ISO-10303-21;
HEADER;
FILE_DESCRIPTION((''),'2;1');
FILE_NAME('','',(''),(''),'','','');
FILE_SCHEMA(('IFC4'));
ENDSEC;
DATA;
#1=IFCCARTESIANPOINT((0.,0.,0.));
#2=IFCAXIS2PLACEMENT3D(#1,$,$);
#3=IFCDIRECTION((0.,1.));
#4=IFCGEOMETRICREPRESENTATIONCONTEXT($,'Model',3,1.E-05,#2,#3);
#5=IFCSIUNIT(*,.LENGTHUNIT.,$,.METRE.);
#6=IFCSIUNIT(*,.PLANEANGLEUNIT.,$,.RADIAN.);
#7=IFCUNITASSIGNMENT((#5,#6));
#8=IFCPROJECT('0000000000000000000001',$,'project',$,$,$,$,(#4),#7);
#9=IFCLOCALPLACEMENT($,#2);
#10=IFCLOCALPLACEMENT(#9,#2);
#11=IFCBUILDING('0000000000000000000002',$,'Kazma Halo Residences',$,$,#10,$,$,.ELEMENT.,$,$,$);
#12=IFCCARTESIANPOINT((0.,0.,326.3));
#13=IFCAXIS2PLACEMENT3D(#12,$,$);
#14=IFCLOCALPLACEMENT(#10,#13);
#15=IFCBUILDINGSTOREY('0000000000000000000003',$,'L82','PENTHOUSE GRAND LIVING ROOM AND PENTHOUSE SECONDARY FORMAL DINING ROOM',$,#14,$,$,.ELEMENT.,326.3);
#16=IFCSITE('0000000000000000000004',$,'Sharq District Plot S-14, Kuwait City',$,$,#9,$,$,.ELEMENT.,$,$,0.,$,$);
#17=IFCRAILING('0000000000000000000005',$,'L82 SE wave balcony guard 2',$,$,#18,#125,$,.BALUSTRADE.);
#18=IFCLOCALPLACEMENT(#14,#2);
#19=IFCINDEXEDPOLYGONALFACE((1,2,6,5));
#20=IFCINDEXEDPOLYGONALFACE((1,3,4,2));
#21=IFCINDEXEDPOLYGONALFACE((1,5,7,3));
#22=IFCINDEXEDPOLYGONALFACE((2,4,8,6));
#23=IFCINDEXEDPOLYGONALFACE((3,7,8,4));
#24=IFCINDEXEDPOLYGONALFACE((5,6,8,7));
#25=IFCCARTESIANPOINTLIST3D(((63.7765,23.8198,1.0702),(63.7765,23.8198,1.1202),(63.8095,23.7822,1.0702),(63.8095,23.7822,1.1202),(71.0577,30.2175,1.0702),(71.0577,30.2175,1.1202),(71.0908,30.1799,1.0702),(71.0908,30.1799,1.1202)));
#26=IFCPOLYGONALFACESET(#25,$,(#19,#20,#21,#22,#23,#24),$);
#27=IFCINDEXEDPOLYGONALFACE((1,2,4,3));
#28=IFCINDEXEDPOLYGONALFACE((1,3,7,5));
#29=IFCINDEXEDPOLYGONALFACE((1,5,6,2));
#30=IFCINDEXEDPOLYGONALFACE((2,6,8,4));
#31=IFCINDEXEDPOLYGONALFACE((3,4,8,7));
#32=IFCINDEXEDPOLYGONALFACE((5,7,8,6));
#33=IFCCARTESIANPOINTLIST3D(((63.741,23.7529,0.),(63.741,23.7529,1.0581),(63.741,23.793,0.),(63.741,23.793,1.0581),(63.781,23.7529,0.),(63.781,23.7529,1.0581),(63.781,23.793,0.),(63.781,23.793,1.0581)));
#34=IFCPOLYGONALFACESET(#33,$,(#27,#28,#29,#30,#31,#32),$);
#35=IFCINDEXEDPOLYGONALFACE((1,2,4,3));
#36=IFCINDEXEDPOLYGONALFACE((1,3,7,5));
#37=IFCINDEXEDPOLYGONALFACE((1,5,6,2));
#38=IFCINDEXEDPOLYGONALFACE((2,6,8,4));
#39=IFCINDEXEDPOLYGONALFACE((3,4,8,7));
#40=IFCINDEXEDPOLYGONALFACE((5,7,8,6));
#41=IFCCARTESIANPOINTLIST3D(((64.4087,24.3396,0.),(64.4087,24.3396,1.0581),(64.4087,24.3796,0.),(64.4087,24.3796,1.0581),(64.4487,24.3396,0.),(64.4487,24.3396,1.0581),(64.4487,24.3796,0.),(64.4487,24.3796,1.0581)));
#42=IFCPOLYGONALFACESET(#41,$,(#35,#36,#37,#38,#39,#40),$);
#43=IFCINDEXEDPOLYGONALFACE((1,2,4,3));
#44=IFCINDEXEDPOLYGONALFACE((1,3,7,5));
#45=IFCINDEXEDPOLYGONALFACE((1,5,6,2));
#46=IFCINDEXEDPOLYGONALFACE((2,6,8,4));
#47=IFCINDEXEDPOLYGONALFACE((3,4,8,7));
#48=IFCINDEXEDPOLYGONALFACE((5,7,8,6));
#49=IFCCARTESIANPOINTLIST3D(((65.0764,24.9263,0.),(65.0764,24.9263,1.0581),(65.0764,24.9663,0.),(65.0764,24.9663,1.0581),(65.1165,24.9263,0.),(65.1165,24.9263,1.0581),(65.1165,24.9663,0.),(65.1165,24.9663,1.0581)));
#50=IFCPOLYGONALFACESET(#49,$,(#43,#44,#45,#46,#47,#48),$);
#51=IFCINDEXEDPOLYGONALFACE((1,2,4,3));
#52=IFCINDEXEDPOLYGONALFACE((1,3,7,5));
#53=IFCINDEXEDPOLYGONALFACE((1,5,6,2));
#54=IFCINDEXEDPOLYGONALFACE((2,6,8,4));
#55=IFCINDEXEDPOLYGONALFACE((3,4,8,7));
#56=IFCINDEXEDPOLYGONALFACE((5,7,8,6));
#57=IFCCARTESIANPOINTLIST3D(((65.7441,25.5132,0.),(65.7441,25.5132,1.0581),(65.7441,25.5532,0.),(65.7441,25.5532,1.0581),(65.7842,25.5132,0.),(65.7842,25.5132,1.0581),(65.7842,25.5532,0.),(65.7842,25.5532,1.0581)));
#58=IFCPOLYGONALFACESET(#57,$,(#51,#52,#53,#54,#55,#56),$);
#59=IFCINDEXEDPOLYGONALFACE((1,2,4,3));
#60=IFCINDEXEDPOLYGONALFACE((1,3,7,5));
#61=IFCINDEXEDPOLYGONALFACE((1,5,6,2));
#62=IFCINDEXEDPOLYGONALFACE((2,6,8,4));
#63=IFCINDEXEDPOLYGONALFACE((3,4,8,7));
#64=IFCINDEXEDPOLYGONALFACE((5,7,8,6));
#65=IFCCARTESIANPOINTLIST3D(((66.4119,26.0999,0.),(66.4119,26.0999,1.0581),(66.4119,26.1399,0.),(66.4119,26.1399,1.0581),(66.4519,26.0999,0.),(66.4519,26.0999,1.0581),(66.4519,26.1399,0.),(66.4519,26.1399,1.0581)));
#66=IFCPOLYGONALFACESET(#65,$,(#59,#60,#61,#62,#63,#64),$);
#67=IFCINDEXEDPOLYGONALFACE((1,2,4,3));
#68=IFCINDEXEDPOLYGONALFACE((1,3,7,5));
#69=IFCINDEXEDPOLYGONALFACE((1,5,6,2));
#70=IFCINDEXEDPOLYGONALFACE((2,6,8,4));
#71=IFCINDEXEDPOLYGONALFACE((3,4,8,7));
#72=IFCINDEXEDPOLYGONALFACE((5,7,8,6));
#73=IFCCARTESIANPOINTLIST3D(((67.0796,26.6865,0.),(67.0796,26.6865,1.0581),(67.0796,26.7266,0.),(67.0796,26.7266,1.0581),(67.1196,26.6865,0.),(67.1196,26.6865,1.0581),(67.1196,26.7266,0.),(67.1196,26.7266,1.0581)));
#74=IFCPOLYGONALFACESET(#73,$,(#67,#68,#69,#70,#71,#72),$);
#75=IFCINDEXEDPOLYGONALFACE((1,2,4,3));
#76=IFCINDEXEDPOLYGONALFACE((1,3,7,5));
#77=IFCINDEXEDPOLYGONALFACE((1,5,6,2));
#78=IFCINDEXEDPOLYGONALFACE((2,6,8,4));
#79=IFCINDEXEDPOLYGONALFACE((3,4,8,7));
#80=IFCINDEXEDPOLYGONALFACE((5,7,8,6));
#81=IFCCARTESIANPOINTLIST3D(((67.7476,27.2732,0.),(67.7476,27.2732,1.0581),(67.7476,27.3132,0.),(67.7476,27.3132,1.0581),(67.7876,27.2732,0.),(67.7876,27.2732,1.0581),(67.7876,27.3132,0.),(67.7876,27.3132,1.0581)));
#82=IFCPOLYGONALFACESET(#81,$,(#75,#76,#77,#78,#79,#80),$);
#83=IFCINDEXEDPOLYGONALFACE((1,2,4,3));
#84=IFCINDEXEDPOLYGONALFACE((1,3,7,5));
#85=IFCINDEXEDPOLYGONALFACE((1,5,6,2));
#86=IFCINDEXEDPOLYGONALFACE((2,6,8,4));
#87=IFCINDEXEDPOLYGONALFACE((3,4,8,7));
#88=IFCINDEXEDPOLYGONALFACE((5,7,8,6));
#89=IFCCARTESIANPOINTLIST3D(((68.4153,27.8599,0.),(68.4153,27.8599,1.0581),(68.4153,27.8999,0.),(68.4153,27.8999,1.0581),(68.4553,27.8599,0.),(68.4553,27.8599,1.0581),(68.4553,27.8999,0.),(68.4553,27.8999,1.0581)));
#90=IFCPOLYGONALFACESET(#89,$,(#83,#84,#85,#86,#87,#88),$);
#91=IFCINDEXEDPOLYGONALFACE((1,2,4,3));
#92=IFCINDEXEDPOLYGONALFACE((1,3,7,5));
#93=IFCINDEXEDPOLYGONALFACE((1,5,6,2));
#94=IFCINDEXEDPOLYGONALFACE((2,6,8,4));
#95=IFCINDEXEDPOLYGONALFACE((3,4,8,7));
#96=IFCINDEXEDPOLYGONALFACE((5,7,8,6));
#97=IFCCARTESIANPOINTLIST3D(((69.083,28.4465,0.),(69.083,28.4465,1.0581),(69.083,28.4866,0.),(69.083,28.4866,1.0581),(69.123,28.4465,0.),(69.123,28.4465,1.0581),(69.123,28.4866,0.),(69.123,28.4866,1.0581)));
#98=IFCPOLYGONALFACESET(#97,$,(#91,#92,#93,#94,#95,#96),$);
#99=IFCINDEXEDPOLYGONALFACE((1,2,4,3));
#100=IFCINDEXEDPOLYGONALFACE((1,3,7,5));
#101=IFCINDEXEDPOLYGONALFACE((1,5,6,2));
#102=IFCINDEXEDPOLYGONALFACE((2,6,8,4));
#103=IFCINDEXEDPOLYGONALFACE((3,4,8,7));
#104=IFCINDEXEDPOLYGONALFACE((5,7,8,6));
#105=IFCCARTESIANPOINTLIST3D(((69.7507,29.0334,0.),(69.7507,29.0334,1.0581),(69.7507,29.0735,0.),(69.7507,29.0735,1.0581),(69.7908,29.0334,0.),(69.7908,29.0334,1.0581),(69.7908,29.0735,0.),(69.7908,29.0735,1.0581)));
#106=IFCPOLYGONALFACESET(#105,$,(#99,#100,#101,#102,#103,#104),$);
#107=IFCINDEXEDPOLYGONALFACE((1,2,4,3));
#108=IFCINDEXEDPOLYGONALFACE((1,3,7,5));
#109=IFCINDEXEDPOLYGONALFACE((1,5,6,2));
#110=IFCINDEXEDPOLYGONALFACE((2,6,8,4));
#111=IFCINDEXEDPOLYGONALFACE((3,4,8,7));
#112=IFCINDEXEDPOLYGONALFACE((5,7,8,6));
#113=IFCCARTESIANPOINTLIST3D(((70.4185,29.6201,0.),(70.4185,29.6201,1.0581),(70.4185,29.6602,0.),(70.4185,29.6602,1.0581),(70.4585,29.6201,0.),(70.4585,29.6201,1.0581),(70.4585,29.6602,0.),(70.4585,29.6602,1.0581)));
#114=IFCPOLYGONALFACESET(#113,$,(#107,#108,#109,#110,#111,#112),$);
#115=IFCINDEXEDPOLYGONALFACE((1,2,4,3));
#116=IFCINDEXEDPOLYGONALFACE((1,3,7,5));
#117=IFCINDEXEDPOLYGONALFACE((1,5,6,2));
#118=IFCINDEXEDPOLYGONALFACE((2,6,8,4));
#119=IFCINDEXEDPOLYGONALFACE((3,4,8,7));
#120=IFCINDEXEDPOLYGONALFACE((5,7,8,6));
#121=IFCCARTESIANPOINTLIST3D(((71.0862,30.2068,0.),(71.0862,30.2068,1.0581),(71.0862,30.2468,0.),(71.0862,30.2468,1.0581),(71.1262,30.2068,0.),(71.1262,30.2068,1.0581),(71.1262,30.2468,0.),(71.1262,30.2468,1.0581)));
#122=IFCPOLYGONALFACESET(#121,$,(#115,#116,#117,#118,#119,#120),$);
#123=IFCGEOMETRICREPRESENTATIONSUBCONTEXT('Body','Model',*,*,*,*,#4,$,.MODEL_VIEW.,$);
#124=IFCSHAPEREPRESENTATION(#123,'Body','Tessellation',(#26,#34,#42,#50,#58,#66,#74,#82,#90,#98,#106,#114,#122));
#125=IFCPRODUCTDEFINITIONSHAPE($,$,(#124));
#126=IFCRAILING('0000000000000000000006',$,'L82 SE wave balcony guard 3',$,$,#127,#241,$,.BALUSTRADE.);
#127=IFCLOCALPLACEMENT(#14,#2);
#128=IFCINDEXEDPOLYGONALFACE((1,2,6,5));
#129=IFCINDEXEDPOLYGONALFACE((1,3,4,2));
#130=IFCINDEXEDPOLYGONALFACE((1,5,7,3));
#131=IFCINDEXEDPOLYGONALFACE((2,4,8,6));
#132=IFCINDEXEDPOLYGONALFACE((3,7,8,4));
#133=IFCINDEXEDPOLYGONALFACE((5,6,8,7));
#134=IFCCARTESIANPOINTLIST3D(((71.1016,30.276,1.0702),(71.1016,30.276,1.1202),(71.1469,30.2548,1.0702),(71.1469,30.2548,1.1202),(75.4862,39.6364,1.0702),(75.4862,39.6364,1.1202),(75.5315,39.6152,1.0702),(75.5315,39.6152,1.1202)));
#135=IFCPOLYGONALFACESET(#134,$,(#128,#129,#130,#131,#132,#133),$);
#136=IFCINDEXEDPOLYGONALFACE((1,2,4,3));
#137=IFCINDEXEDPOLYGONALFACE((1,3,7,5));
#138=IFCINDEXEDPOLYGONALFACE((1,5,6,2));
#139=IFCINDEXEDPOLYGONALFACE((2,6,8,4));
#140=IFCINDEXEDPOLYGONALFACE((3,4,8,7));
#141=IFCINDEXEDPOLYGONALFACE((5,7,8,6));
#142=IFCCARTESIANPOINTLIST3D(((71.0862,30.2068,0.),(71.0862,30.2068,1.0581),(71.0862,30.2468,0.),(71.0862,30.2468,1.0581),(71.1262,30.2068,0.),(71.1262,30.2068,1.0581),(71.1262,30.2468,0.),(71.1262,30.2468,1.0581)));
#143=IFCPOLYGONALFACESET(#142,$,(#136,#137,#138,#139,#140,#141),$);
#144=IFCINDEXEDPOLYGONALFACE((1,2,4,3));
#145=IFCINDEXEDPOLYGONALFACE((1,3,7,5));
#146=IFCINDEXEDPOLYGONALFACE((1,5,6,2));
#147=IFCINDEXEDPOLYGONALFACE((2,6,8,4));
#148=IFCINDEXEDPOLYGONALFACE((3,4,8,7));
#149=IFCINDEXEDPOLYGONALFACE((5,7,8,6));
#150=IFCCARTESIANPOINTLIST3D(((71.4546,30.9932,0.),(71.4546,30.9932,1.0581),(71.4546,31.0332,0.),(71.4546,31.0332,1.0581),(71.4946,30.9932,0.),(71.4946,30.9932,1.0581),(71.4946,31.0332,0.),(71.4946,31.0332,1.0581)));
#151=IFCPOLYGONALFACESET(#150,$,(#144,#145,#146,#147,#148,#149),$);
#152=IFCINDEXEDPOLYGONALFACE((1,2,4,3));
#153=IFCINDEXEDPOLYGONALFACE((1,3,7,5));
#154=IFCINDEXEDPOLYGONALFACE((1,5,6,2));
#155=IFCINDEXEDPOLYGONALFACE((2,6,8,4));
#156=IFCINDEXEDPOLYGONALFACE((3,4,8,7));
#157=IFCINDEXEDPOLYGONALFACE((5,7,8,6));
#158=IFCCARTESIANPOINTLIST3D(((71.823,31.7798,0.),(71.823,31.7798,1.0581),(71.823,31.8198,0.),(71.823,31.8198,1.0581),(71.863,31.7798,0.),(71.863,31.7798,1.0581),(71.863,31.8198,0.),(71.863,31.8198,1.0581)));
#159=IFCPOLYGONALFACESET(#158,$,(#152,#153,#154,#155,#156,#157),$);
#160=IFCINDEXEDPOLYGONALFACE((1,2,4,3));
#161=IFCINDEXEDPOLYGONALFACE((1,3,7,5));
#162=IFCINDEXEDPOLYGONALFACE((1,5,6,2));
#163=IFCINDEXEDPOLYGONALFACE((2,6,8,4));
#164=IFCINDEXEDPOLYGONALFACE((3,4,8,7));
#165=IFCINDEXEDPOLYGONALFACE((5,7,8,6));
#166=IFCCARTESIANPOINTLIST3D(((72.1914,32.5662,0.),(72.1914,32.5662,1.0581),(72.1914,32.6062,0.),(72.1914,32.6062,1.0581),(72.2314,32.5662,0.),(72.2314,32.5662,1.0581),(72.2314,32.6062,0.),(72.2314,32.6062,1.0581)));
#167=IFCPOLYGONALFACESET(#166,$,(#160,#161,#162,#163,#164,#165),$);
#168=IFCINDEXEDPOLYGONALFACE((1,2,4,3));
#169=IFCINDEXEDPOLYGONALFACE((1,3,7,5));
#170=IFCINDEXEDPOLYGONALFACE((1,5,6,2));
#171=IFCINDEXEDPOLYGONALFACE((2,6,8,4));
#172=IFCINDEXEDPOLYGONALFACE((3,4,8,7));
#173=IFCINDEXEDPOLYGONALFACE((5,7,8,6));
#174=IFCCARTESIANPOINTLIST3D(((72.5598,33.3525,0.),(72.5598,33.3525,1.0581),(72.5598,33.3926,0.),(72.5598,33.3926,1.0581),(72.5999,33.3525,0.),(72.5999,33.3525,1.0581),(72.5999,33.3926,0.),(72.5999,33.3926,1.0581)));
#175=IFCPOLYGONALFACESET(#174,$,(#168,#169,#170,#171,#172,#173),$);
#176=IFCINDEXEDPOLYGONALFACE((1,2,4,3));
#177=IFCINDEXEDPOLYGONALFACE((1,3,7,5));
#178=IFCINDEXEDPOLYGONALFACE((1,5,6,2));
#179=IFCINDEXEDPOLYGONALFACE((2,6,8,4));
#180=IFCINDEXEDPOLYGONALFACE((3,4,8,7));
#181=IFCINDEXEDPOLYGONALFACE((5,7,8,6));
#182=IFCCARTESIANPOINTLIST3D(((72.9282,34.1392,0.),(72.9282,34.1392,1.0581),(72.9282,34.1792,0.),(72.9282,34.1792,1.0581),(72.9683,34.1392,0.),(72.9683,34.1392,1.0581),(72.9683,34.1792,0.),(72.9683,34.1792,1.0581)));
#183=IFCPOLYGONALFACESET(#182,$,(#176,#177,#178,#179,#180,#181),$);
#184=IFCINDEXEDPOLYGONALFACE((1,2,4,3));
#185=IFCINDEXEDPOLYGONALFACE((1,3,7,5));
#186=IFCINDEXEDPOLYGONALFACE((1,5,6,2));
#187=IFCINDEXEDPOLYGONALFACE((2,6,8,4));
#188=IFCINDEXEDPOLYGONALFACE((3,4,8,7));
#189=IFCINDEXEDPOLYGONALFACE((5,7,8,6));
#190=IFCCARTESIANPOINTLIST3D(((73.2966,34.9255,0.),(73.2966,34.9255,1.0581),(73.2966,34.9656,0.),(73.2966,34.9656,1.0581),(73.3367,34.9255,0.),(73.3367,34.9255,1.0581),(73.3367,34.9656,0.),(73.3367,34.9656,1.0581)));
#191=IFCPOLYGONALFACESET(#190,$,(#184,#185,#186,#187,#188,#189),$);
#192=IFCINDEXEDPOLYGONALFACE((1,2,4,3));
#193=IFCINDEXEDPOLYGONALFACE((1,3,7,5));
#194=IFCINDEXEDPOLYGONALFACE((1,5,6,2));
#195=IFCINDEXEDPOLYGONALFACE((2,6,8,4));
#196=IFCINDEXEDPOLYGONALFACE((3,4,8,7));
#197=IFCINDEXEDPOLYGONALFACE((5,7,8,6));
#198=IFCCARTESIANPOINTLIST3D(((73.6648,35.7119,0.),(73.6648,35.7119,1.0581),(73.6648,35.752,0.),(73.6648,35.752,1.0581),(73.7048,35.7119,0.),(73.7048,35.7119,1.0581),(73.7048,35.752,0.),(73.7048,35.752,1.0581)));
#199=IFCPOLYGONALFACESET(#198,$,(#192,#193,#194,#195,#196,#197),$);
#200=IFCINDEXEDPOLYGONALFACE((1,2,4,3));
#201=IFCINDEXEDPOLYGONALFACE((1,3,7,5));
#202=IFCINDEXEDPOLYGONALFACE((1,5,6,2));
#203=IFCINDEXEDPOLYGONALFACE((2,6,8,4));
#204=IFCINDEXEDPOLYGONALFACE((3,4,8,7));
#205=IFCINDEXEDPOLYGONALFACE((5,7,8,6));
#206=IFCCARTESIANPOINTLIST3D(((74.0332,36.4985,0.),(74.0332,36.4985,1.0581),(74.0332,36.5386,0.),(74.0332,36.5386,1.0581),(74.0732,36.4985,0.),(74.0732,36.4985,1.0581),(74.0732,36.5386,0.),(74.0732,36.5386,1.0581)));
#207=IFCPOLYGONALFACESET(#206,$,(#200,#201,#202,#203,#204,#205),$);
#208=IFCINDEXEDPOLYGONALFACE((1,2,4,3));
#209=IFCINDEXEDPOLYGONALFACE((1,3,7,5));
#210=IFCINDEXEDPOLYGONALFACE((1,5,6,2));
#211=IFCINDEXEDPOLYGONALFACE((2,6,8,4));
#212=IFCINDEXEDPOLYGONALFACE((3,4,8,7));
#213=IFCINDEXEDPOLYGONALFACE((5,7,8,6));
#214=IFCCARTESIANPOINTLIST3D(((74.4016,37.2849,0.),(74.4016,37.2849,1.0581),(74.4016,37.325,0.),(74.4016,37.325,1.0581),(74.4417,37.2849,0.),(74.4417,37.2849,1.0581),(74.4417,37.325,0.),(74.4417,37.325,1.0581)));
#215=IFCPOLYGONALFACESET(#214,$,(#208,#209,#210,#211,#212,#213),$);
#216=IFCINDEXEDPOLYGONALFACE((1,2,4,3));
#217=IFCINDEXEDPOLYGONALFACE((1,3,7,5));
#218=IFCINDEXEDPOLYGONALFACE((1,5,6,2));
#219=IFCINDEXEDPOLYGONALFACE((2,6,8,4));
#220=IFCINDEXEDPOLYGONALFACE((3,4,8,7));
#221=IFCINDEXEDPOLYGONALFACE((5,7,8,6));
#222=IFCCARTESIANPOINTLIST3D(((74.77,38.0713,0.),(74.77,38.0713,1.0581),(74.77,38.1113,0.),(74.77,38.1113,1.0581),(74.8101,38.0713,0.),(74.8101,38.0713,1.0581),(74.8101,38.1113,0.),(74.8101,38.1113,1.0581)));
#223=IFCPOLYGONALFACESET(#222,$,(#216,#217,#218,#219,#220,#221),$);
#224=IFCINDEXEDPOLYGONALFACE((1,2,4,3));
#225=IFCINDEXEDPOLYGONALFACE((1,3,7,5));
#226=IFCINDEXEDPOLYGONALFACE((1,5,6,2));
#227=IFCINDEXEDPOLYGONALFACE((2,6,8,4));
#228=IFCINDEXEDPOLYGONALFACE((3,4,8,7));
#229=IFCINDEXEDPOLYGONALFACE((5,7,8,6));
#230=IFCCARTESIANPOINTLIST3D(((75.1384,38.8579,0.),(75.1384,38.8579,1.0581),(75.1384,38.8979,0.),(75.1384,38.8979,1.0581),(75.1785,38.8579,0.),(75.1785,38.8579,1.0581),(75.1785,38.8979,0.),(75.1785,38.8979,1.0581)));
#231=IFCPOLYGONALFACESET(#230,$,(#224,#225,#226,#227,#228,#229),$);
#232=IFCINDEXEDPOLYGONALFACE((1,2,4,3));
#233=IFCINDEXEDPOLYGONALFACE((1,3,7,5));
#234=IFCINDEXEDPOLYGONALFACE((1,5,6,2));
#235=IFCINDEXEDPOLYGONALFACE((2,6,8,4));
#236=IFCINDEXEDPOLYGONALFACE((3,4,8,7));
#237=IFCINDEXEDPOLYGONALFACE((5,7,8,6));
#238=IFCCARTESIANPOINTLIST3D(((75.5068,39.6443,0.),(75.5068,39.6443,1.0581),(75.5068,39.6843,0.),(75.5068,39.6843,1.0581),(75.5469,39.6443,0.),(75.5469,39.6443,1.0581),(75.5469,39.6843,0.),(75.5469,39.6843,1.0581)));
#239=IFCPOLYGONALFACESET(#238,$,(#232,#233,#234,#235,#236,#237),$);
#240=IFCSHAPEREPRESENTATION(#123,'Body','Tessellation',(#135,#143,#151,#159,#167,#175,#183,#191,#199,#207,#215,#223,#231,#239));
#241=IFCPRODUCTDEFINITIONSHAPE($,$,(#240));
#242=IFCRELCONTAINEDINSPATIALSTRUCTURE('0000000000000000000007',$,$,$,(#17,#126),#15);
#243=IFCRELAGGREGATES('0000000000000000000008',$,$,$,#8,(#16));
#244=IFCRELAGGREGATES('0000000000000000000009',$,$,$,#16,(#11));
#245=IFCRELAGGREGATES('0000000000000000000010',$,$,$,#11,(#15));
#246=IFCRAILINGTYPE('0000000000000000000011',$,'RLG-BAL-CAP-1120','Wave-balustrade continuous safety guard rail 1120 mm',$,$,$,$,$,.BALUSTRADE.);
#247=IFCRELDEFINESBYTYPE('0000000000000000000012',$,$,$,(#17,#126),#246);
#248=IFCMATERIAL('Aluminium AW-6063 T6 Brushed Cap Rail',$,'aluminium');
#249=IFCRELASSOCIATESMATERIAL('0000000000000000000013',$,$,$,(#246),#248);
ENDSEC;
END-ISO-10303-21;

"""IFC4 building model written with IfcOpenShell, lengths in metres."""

from ifc_helpers import new_model, si_unit, direction, frame, origin, origin_2d, place, context, subcontext, project, spatial, rectangle, extrude, material, type_object, element, save


model = new_model("IFC4")

# Units and contexts
model_context = context("Model", 3, precision=1e-05, world=origin(), true_north=direction((0.0, 1.0)))
body_context = subcontext(model_context, "Body", "Model", "MODEL_VIEW")
ifc_project = project(units=[si_unit("LENGTHUNIT", "METRE"), si_unit("PLANEANGLEUNIT", "RADIAN")], contexts=[model_context])

# Site, building, storey
site_placement = place(None, origin())
site = spatial("IfcSite", under=ifc_project, at=site_placement, Name="Sharq District Plot S-14, Kuwait City", CompositionType="ELEMENT", RefElevation=0.0)
building_placement = place(site_placement, origin())
building = spatial("IfcBuilding", under=site, at=building_placement, Name="Kazma Halo Residences", CompositionType="ELEMENT")
storey_placement = place(building_placement, frame((0.0, 0.0, 326.3)))
storey = spatial("IfcBuildingStorey", under=building, at=storey_placement, Name="L82", Description="PENTHOUSE GRAND LIVING ROOM AND PENTHOUSE SECONDARY FORMAL DINING ROOM", CompositionType="ELEMENT", Elevation=326.3)

# Railings
ifc_material_1 = material(Name="Aluminium AW-6063 T6 Brushed Cap Rail", Category="aluminium")
railing_type = type_object("IfcRailingType", Name="RLG-BAL-CAP-1120", Description="Wave-balustrade continuous safety guard rail 1120 mm", PredefinedType="BALUSTRADE", material=ifc_material_1)
railing_1_placement = place(storey_placement, frame((63.761, 23.7729, 0.0)))
element("IfcRailing", 1, at=railing_1_placement, inside=storey, type_object=railing_type, Name="L82 SE wave balcony guard 2", PredefinedType="BALUSTRADE", context=body_context, shape_type="SweptSolid", body=[
    extrude(rectangle(XDim=0.05, YDim=0.05, at=origin_2d()), frame((0.032, 0.0281, 1.0952), z_axis=(0.751217, 0.660055, 0.0), x_axis=(-0.660055, 0.751217, 0.0)), (0.0, 0.0, 1.0), 9.6926),
    extrude(rectangle(XDim=0.04, YDim=0.04, at=origin_2d()), origin(), (0.0, 0.0, 1.0), 1.0581),
    extrude(rectangle(XDim=0.04, YDim=0.04, at=origin_2d()), frame((0.6677, 0.5867, 0.0)), (0.0, 0.0, 1.0), 1.0581),
    extrude(rectangle(XDim=0.04, YDim=0.04, at=origin_2d()), frame((1.3354, 1.1733, 0.0)), (0.0, 0.0, 1.0), 1.0581),
    extrude(rectangle(XDim=0.04, YDim=0.04, at=origin_2d()), frame((2.0032, 1.7603, 0.0)), (0.0, 0.0, 1.0), 1.0581),
    extrude(rectangle(XDim=0.04, YDim=0.04, at=origin_2d()), frame((2.6709, 2.3469, 0.0)), (0.0, 0.0, 1.0), 1.0581),
    extrude(rectangle(XDim=0.04, YDim=0.04, at=origin_2d()), frame((3.3386, 2.9336, 0.0)), (0.0, 0.0, 1.0), 1.0581),
    extrude(rectangle(XDim=0.04, YDim=0.04, at=origin_2d()), frame((4.0066, 3.5203, 0.0)), (0.0, 0.0, 1.0), 1.0581),
    extrude(rectangle(XDim=0.04, YDim=0.04, at=origin_2d()), frame((4.6743, 4.1069, 0.0)), (0.0, 0.0, 1.0), 1.0581),
    extrude(rectangle(XDim=0.04, YDim=0.04, at=origin_2d()), frame((5.342, 4.6936, 0.0)), (0.0, 0.0, 1.0), 1.0581),
    extrude(rectangle(XDim=0.04, YDim=0.04, at=origin_2d()), frame((6.0098, 5.2805, 0.0)), (0.0, 0.0, 1.0), 1.0581),
    extrude(rectangle(XDim=0.04, YDim=0.04, at=origin_2d()), frame((6.6775, 5.8672, 0.0)), (0.0, 0.0, 1.0), 1.0581),
    extrude(rectangle(XDim=0.04, YDim=0.04, at=origin_2d()), frame((7.3452, 6.4539, 0.0)), (0.0, 0.0, 1.0), 1.0581),
])
railing_2_placement = place(storey_placement, frame((71.1062, 30.2268, 0.0)))
element("IfcRailing", 2, at=railing_2_placement, inside=storey, type_object=railing_type, Name="L82 SE wave balcony guard 3", PredefinedType="BALUSTRADE", context=body_context, shape_type="SweptSolid", body=[
    extrude(rectangle(XDim=0.05, YDim=0.05, at=origin_2d()), frame((0.0181, 0.0386, 1.0952), z_axis=(0.424184, 0.905576, 0.0), x_axis=(-0.905576, 0.424184, 0.0)), (0.0, 0.0, 1.0), 10.3364),
    extrude(rectangle(XDim=0.04, YDim=0.04, at=origin_2d()), origin(), (0.0, 0.0, 1.0), 1.0581),
    extrude(rectangle(XDim=0.04, YDim=0.04, at=origin_2d()), frame((0.3684, 0.7864, 0.0)), (0.0, 0.0, 1.0), 1.0581),
    extrude(rectangle(XDim=0.04, YDim=0.04, at=origin_2d()), frame((0.7368, 1.573, 0.0)), (0.0, 0.0, 1.0), 1.0581),
    extrude(rectangle(XDim=0.04, YDim=0.04, at=origin_2d()), frame((1.1052, 2.3594, 0.0)), (0.0, 0.0, 1.0), 1.0581),
    extrude(rectangle(XDim=0.04, YDim=0.04, at=origin_2d()), frame((1.4736, 3.1458, 0.0)), (0.0, 0.0, 1.0), 1.0581),
    extrude(rectangle(XDim=0.04, YDim=0.04, at=origin_2d()), frame((1.842, 3.9324, 0.0)), (0.0, 0.0, 1.0), 1.0581),
    extrude(rectangle(XDim=0.04, YDim=0.04, at=origin_2d()), frame((2.2104, 4.7188, 0.0)), (0.0, 0.0, 1.0), 1.0581),
    extrude(rectangle(XDim=0.04, YDim=0.04, at=origin_2d()), frame((2.5786, 5.5051, 0.0)), (0.0, 0.0, 1.0), 1.0581),
    extrude(rectangle(XDim=0.04, YDim=0.04, at=origin_2d()), frame((2.947, 6.2917, 0.0)), (0.0, 0.0, 1.0), 1.0581),
    extrude(rectangle(XDim=0.04, YDim=0.04, at=origin_2d()), frame((3.3154, 7.0781, 0.0)), (0.0, 0.0, 1.0), 1.0581),
    extrude(rectangle(XDim=0.04, YDim=0.04, at=origin_2d()), frame((3.6838, 7.8645, 0.0)), (0.0, 0.0, 1.0), 1.0581),
    extrude(rectangle(XDim=0.04, YDim=0.04, at=origin_2d()), frame((4.0522, 8.6511, 0.0)), (0.0, 0.0, 1.0), 1.0581),
    extrude(rectangle(XDim=0.04, YDim=0.04, at=origin_2d()), frame((4.4207, 9.4375, 0.0)), (0.0, 0.0, 1.0), 1.0581),
])

save(model, "model.ifc")
